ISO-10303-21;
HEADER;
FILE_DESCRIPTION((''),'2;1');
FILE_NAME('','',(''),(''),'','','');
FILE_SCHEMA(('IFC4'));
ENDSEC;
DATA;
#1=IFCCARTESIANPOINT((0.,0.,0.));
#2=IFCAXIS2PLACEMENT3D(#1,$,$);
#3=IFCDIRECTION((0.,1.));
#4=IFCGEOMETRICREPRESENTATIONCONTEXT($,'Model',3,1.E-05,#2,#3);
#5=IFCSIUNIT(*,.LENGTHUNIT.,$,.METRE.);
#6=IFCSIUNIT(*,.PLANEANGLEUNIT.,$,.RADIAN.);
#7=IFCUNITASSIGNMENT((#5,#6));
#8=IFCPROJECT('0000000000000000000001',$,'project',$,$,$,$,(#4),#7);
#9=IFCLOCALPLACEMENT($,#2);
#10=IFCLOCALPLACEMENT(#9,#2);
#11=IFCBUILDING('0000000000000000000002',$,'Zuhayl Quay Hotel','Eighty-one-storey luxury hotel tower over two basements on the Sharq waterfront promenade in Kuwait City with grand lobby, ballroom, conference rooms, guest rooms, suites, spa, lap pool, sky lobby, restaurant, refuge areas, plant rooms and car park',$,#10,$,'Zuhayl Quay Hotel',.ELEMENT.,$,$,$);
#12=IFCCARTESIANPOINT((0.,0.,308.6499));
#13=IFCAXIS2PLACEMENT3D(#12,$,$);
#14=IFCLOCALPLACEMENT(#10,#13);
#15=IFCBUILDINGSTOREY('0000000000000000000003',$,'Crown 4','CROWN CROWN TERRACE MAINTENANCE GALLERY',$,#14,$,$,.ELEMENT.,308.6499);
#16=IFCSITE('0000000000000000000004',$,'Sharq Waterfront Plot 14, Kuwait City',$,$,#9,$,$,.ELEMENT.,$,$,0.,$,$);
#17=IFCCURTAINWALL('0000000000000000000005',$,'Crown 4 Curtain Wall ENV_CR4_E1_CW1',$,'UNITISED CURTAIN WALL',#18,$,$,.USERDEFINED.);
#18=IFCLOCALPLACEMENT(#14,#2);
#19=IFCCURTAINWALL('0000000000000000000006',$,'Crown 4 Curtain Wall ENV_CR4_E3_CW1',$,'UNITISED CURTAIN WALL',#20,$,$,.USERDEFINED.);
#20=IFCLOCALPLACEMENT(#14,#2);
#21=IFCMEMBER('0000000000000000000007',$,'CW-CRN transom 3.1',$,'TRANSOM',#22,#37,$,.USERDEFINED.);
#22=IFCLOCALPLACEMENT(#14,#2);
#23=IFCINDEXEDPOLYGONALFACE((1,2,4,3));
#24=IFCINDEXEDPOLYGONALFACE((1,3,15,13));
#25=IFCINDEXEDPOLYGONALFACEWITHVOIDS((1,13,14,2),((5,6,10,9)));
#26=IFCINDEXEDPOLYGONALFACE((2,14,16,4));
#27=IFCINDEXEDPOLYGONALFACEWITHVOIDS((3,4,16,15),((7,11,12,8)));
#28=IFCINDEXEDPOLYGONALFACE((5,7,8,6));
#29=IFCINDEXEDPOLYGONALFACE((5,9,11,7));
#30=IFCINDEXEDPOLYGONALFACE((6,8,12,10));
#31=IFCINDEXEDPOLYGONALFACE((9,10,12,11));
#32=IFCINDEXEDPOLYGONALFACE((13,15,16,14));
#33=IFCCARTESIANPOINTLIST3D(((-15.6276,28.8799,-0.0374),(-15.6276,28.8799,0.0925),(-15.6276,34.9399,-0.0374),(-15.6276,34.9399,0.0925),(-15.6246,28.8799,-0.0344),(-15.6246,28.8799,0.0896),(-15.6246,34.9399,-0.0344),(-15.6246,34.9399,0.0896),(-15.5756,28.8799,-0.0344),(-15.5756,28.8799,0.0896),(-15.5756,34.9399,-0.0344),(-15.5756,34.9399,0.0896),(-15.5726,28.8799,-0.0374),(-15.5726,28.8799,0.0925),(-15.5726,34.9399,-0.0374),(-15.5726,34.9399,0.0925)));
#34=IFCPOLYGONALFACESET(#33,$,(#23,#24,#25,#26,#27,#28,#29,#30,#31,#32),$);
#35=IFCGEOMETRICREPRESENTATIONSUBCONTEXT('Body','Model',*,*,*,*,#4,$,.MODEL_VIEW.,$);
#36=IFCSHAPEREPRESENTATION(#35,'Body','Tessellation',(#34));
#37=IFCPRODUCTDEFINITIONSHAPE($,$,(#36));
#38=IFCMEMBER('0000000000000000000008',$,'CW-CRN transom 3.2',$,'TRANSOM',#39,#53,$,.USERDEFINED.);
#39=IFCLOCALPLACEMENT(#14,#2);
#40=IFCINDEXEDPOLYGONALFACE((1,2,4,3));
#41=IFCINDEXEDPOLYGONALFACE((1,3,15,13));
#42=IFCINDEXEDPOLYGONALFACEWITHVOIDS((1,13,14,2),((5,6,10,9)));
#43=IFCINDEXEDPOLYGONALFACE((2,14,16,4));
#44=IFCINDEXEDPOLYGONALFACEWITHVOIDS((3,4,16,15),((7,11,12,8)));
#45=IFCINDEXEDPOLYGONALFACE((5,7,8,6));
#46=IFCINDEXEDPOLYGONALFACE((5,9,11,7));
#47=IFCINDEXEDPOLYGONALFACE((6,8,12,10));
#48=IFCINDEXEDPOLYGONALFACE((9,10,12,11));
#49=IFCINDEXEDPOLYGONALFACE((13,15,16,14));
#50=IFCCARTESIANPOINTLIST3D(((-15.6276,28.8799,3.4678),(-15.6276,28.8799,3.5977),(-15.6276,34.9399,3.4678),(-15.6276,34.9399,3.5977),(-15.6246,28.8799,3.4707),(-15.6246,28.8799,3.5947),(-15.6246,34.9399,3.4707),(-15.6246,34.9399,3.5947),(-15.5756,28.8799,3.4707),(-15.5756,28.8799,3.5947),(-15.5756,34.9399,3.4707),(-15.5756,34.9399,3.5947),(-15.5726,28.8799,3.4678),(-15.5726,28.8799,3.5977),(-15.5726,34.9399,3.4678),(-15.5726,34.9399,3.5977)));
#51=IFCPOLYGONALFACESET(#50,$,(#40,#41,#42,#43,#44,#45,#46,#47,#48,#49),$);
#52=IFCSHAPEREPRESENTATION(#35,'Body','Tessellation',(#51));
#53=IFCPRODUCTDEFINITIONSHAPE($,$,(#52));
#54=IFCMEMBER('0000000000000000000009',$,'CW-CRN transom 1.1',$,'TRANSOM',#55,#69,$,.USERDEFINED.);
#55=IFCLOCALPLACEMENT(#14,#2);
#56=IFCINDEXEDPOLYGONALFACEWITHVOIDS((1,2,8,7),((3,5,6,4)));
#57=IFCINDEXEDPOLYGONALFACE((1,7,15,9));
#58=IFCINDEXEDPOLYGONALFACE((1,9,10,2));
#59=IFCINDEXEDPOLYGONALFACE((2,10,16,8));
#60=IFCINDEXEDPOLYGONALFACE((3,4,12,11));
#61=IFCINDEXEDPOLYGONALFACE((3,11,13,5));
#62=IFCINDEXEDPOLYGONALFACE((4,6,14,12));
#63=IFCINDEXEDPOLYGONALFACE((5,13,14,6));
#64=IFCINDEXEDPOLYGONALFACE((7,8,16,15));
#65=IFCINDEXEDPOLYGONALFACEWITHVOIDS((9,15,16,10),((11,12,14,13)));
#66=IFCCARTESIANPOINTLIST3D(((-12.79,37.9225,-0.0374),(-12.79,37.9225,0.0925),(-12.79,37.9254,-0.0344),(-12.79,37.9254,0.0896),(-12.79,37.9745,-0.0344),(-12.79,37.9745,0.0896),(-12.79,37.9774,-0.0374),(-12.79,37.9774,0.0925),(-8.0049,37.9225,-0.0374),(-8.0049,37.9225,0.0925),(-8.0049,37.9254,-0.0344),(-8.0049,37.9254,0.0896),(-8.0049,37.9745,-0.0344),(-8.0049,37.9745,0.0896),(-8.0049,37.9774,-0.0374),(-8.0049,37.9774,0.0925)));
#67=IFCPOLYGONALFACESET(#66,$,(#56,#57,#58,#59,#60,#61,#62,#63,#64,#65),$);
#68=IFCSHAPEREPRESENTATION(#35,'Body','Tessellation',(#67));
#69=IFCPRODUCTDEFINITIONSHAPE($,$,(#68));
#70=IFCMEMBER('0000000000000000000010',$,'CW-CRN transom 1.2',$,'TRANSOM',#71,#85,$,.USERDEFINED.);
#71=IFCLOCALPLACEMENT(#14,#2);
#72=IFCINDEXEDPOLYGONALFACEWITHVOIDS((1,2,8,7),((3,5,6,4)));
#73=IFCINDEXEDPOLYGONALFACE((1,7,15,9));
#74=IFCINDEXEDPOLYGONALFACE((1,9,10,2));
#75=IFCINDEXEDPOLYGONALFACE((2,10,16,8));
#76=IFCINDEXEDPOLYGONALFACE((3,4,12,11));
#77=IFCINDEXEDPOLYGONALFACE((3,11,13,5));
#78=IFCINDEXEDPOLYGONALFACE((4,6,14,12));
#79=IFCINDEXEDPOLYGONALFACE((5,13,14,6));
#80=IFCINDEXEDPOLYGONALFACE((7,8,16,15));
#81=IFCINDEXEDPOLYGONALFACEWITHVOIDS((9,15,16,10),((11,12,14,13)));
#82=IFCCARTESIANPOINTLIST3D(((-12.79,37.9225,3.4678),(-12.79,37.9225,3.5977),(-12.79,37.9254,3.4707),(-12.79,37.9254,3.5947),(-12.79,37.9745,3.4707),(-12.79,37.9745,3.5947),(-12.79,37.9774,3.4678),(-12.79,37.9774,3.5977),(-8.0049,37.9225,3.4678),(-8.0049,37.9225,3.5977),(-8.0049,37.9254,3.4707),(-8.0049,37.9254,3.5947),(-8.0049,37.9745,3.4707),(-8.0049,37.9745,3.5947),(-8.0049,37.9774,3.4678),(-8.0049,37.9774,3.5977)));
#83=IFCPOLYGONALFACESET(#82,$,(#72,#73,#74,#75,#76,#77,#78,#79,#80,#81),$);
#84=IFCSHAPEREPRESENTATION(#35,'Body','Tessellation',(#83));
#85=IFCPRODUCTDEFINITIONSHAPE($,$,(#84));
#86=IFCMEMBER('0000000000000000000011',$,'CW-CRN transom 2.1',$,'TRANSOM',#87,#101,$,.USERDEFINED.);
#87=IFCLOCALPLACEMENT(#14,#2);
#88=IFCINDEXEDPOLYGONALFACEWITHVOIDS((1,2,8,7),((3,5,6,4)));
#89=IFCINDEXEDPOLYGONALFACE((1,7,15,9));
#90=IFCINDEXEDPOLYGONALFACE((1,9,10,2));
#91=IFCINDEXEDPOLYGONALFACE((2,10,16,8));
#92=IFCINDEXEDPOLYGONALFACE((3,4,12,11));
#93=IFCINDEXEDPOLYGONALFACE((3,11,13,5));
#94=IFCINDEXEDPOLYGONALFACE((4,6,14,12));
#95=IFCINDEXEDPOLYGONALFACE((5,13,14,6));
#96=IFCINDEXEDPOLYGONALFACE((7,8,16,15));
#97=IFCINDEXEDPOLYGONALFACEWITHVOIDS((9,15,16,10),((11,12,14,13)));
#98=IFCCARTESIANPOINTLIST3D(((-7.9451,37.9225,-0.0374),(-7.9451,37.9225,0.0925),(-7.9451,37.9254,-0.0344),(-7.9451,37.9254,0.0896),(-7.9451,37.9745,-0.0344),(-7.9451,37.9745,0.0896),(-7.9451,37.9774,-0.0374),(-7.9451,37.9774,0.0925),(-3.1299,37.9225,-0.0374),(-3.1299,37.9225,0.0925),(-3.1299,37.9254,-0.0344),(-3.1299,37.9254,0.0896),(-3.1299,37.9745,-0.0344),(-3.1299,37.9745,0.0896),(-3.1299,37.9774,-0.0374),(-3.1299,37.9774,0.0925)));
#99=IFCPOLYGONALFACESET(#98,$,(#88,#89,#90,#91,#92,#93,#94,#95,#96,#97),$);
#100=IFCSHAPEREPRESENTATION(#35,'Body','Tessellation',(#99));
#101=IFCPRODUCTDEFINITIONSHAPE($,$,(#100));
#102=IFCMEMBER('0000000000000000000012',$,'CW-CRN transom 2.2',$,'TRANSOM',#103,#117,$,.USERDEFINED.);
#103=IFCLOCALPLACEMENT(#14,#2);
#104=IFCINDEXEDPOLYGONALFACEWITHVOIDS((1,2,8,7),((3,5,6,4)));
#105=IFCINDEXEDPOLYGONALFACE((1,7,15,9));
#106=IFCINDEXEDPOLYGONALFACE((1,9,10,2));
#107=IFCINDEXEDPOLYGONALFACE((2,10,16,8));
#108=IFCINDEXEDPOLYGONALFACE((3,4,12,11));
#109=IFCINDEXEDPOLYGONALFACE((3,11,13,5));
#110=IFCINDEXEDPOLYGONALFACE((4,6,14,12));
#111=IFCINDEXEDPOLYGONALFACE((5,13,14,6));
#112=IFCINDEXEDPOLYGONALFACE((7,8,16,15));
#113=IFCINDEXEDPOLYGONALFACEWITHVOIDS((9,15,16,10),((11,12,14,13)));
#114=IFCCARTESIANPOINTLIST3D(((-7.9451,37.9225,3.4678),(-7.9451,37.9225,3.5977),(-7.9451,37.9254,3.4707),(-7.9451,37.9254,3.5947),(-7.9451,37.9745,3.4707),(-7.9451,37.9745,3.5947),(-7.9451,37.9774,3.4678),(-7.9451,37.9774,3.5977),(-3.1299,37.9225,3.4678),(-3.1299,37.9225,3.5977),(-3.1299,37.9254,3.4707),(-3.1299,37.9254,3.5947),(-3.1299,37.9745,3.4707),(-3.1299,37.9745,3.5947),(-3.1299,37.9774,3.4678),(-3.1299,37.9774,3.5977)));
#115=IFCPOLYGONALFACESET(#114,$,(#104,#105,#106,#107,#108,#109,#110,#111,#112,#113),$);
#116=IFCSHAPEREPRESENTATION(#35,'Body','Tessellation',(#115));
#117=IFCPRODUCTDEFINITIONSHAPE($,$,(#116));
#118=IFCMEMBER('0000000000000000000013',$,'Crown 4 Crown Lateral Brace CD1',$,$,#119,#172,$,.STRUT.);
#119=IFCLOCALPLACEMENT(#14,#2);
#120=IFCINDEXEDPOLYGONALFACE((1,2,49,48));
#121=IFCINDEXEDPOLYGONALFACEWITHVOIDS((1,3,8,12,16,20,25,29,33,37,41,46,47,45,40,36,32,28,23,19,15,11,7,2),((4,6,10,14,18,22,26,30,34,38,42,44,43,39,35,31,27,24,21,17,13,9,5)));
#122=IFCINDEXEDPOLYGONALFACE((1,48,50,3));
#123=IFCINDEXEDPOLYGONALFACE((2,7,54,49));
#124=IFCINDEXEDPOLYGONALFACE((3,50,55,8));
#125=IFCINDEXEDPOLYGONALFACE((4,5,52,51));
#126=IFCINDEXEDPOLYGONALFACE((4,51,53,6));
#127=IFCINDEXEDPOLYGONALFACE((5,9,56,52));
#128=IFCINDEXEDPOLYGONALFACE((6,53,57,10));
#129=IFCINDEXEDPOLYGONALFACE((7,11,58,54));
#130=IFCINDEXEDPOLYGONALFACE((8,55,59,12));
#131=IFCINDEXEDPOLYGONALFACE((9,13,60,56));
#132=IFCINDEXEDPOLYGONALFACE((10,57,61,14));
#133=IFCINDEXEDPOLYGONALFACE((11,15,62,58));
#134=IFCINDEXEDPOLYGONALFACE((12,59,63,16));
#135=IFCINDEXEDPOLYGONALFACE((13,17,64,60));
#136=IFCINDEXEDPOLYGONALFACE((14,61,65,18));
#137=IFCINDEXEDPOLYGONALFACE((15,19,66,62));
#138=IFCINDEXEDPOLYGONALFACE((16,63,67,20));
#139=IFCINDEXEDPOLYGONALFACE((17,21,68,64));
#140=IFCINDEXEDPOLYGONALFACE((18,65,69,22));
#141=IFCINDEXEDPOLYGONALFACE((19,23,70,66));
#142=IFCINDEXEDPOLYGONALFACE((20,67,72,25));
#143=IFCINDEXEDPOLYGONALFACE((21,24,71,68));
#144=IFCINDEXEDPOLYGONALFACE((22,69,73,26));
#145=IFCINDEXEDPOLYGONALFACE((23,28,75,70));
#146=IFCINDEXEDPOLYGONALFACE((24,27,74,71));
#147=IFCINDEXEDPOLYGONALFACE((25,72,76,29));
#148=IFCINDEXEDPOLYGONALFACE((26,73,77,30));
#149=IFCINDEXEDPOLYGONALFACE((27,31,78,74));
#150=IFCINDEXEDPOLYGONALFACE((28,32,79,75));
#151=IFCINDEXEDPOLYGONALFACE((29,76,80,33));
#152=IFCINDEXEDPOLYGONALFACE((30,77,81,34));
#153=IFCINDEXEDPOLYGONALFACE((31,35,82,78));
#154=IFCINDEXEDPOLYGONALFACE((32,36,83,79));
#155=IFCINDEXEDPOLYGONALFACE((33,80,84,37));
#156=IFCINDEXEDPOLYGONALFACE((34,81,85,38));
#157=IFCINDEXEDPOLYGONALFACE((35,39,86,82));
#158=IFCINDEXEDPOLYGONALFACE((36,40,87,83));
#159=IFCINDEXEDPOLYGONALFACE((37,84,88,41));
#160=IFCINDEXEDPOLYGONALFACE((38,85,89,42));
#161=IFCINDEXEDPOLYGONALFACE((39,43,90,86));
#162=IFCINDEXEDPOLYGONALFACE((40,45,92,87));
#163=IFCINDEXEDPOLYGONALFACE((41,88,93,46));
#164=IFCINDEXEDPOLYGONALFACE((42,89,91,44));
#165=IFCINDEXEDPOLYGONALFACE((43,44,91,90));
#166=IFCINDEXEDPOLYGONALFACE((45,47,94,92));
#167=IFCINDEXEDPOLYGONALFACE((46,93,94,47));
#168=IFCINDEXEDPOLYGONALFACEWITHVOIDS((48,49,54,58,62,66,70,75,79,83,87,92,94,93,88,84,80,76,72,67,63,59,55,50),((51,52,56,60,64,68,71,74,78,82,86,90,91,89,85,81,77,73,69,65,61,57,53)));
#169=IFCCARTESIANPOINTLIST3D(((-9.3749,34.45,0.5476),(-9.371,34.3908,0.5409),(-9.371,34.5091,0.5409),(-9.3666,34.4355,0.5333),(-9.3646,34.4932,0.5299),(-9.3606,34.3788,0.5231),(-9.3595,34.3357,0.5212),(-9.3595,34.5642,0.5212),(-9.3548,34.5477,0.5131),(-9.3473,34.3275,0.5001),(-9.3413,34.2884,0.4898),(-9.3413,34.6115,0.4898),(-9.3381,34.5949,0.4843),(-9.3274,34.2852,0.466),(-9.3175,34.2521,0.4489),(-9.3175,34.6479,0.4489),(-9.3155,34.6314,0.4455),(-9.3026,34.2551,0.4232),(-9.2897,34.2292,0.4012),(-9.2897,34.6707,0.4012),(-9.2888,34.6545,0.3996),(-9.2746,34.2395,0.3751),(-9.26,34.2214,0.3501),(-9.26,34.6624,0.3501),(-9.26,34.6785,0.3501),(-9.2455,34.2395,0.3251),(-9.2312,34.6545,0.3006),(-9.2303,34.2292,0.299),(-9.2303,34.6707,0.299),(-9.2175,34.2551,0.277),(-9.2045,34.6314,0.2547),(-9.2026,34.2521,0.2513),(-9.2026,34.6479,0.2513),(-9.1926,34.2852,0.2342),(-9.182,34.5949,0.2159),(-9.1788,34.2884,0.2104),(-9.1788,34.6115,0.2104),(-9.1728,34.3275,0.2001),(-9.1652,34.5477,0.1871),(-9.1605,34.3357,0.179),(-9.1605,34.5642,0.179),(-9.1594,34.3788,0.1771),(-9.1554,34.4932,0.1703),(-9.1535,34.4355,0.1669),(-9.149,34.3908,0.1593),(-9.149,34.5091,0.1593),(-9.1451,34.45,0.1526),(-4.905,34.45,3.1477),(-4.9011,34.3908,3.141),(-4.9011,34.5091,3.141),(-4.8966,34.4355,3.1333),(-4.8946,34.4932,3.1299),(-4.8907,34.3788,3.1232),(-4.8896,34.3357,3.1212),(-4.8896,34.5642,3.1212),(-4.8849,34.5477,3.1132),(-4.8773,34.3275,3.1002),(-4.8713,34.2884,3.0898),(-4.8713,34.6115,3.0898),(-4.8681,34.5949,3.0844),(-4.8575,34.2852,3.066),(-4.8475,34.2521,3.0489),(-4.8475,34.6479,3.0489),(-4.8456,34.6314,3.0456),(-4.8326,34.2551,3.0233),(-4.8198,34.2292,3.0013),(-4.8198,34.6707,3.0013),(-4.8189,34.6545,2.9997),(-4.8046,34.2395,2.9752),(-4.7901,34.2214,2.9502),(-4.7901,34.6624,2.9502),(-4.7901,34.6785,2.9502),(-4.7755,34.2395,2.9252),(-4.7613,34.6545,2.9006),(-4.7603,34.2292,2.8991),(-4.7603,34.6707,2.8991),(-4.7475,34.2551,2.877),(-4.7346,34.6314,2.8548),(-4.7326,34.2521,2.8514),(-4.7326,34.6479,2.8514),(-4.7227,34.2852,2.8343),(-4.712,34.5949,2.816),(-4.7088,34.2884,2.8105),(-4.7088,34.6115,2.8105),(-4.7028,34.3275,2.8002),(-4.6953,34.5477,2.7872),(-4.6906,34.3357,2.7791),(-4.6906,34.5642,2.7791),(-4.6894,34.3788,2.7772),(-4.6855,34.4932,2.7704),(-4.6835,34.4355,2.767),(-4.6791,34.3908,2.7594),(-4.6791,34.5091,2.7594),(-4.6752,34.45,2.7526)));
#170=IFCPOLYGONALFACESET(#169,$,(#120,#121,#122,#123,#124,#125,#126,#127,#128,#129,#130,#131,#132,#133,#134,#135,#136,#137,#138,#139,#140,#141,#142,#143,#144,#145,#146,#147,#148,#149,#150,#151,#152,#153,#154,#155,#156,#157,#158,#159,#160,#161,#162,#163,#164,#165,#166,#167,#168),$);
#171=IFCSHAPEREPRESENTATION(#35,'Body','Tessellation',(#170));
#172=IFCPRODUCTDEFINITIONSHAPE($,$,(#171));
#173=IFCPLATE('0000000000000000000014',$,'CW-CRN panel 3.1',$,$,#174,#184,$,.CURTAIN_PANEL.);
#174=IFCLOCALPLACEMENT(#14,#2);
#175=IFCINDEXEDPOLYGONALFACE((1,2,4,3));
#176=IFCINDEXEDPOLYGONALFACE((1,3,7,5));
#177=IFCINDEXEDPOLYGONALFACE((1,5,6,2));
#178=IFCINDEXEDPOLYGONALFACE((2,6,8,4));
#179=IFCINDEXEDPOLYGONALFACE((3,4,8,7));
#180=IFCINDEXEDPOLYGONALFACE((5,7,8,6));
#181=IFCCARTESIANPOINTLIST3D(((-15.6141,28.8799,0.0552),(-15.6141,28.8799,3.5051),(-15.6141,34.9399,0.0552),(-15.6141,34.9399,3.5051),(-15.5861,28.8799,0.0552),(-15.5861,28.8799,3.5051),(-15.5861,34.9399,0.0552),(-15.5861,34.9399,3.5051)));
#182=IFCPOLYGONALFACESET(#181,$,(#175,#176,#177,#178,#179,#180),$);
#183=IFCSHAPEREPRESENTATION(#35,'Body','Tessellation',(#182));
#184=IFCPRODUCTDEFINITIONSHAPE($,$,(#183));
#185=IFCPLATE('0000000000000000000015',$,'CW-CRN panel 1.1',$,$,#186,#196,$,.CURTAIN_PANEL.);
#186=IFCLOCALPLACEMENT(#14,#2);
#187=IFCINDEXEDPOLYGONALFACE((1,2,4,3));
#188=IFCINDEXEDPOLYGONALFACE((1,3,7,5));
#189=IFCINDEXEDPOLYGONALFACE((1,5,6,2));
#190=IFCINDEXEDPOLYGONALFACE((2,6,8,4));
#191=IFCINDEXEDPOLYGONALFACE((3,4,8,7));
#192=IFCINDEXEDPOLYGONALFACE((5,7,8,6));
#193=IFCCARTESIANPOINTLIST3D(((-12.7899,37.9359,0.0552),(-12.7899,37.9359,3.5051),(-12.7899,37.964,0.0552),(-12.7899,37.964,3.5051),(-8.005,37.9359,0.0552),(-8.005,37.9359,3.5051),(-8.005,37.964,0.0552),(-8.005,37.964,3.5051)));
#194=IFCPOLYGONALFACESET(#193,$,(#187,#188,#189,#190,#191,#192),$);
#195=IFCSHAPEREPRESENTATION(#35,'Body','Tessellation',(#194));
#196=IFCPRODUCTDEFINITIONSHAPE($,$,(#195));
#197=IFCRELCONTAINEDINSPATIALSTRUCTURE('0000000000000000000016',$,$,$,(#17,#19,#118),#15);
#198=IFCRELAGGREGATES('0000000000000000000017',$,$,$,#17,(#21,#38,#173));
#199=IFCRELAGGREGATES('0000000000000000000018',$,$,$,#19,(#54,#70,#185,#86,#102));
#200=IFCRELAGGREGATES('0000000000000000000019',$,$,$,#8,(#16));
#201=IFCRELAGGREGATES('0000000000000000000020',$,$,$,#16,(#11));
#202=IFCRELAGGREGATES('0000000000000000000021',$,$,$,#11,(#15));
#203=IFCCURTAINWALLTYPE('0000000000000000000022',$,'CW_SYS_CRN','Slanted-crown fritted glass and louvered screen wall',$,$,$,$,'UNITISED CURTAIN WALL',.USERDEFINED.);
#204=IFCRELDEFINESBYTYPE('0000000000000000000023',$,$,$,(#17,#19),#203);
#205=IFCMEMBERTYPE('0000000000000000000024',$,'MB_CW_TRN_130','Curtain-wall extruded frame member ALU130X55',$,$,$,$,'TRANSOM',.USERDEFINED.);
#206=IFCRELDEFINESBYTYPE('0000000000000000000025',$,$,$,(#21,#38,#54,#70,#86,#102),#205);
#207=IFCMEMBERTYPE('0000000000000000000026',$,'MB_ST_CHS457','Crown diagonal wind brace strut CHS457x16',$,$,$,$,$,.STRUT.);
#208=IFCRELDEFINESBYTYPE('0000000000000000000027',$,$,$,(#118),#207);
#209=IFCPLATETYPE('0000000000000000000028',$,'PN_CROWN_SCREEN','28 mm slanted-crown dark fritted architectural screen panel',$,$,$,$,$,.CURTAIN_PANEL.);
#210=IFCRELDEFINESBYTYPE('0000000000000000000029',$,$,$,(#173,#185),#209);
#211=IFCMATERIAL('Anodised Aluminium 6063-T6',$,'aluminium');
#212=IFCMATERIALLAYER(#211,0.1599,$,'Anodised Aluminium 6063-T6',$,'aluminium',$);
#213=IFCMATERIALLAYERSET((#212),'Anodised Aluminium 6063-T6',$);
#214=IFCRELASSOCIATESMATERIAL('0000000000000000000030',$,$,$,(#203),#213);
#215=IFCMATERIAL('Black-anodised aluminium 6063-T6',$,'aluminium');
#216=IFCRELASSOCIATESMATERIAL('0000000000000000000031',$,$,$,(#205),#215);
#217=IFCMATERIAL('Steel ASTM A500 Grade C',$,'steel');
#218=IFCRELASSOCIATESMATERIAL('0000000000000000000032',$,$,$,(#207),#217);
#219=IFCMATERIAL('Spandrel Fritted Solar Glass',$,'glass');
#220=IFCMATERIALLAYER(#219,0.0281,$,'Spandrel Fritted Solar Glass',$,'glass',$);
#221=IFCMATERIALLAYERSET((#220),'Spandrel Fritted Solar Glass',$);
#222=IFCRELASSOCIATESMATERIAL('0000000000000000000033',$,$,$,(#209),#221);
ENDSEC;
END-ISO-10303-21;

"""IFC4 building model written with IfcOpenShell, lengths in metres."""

from ifc_helpers import new_model, si_unit, direction, frame, origin, origin_2d, place, context, subcontext, project, spatial, rectangle, hollow_rectangle, hollow_circle, extrude, material, layer, layer_set, material_profile, profile_set, type_object, element, aggregate, save


model = new_model("IFC4")

# Units and contexts
model_context = context("Model", 3, precision=1e-05, world=origin(), true_north=direction((0.0, 1.0)))
body_context = subcontext(model_context, "Body", "Model", "MODEL_VIEW")
ifc_project = project(units=[si_unit("LENGTHUNIT", "METRE"), si_unit("PLANEANGLEUNIT", "RADIAN")], contexts=[model_context])

# Site, building, storey
site_placement = place(None, origin())
site = spatial("IfcSite", under=ifc_project, at=site_placement, Name="Sharq Waterfront Plot 14, Kuwait City", CompositionType="ELEMENT", RefElevation=0.0)
building_placement = place(site_placement, origin())
building = spatial("IfcBuilding", under=site, at=building_placement, Name="Zuhayl Quay Hotel", Description="Eighty-one-storey luxury hotel tower over two basements on the Sharq waterfront promenade in Kuwait City with grand lobby, ballroom, conference rooms, guest rooms, suites, spa, lap pool, sky lobby, restaurant, refuge areas, plant rooms and car park", LongName="Zuhayl Quay Hotel", CompositionType="ELEMENT")
storey_placement = place(building_placement, frame((0.0, 0.0, 308.6499)))
storey = spatial("IfcBuildingStorey", under=building, at=storey_placement, Name="Crown 4", Description="CROWN CROWN TERRACE MAINTENANCE GALLERY", CompositionType="ELEMENT", Elevation=308.6499)

# Curtain walls
ifc_material_1 = material(Name="Anodised Aluminium 6063-T6", Category="aluminium")
ifc_layer_1 = layer(ifc_material_1, 0.1599, Name="Anodised Aluminium 6063-T6", Category="aluminium")
ifc_layer_set_1 = layer_set([ifc_layer_1], Name="Anodised Aluminium 6063-T6")
curtain_wall_type = type_object("IfcCurtainWallType", Name="CW_SYS_CRN", Description="Slanted-crown fritted glass and louvered screen wall", ElementType="UNITISED CURTAIN WALL", PredefinedType="USERDEFINED", material=ifc_layer_set_1)
curtain_wall_1_placement = place(storey_placement, origin())
curtain_wall_1 = element("IfcCurtainWall", 1, at=curtain_wall_1_placement, inside=storey, type_object=curtain_wall_type, Name="Crown 4 Curtain Wall ENV_CR4_E1_CW1", ObjectType="UNITISED CURTAIN WALL", PredefinedType="USERDEFINED")
ifc_material_2 = material(Name="Black-anodised aluminium 6063-T6", Category="aluminium")
curtain_wall_2_placement = place(storey_placement, origin())
curtain_wall_2 = element("IfcCurtainWall", 2, at=curtain_wall_2_placement, inside=storey, type_object=curtain_wall_type, Name="Crown 4 Curtain Wall ENV_CR4_E3_CW1", ObjectType="UNITISED CURTAIN WALL", PredefinedType="USERDEFINED")

# Members
ifc_material_profile_1 = material_profile(ifc_material_2, hollow_rectangle(XDim=0.0549, YDim=0.1299, WallThickness=0.0029, at=origin_2d()), Name="ALU130X55")
ifc_profile_set_1 = profile_set([ifc_material_profile_1], Name="Black-anodised aluminium 6063-T6")
member_type_1 = type_object("IfcMemberType", Name="MB_CW_TRN_130", Description="Curtain-wall extruded frame member ALU130X55", ElementType="TRANSOM", PredefinedType="USERDEFINED", material=ifc_profile_set_1)
member_1_placement = place(storey_placement, frame((-15.6001, 28.8799, 0.0276), z_axis=(0.0, 1.0, 0.0), x_axis=(-1.0, 0.0, 0.0)))
member_1 = element("IfcMember", 3, at=member_1_placement, type_object=member_type_1, Name="CW-CRN transom 3.1", ObjectType="TRANSOM", PredefinedType="USERDEFINED", context=body_context, shape_type="SweptSolid", body=[
    extrude(hollow_rectangle(XDim=0.0549, YDim=0.1299, WallThickness=0.0029, at=origin_2d()), origin(), (0.0, 0.0, 1.0), 6.0601),
])
member_2_placement = place(storey_placement, frame((-15.6001, 28.8799, 3.5327), z_axis=(0.0, 1.0, 0.0), x_axis=(-1.0, 0.0, 0.0)))
member_2 = element("IfcMember", 4, at=member_2_placement, type_object=member_type_1, Name="CW-CRN transom 3.2", ObjectType="TRANSOM", PredefinedType="USERDEFINED", context=body_context, shape_type="SweptSolid", body=[
    extrude(hollow_rectangle(XDim=0.0549, YDim=0.1299, WallThickness=0.0029, at=origin_2d()), origin(), (0.0, 0.0, 1.0), 6.0601),
])
member_3_placement = place(storey_placement, frame((-12.79, 37.95, 0.0276), z_axis=(1.0, 0.0, 0.0), x_axis=(0.0, 1.0, 0.0)))
member_3 = element("IfcMember", 5, at=member_3_placement, type_object=member_type_1, Name="CW-CRN transom 1.1", ObjectType="TRANSOM", PredefinedType="USERDEFINED", context=body_context, shape_type="SweptSolid", body=[
    extrude(hollow_rectangle(XDim=0.0549, YDim=0.1299, WallThickness=0.0029, at=origin_2d()), origin(), (0.0, 0.0, 1.0), 4.7852),
])
member_4_placement = place(storey_placement, frame((-12.79, 37.95, 3.5327), z_axis=(1.0, 0.0, 0.0), x_axis=(0.0, 1.0, 0.0)))
member_4 = element("IfcMember", 6, at=member_4_placement, type_object=member_type_1, Name="CW-CRN transom 1.2", ObjectType="TRANSOM", PredefinedType="USERDEFINED", context=body_context, shape_type="SweptSolid", body=[
    extrude(hollow_rectangle(XDim=0.0549, YDim=0.1299, WallThickness=0.0029, at=origin_2d()), origin(), (0.0, 0.0, 1.0), 4.7852),
])
member_5_placement = place(storey_placement, frame((-7.9451, 37.95, 0.0276), z_axis=(1.0, 0.0, 0.0), x_axis=(0.0, 1.0, 0.0)))
member_5 = element("IfcMember", 7, at=member_5_placement, type_object=member_type_1, Name="CW-CRN transom 2.1", ObjectType="TRANSOM", PredefinedType="USERDEFINED", context=body_context, shape_type="SweptSolid", body=[
    extrude(hollow_rectangle(XDim=0.0549, YDim=0.1299, WallThickness=0.0029, at=origin_2d()), origin(), (0.0, 0.0, 1.0), 4.8152),
])
member_6_placement = place(storey_placement, frame((-7.9451, 37.95, 3.5327), z_axis=(1.0, 0.0, 0.0), x_axis=(0.0, 1.0, 0.0)))
member_6 = element("IfcMember", 8, at=member_6_placement, type_object=member_type_1, Name="CW-CRN transom 2.2", ObjectType="TRANSOM", PredefinedType="USERDEFINED", context=body_context, shape_type="SweptSolid", body=[
    extrude(hollow_rectangle(XDim=0.0549, YDim=0.1299, WallThickness=0.0029, at=origin_2d()), origin(), (0.0, 0.0, 1.0), 4.8152),
])
ifc_material_3 = material(Name="Steel ASTM A500 Grade C", Category="steel")
ifc_material_profile_2 = material_profile(ifc_material_3, hollow_circle(Radius=0.2285, WallThickness=0.0161, at=origin_2d()), Name="CHS457X16")
ifc_profile_set_2 = profile_set([ifc_material_profile_2], Name="Steel ASTM A500 Grade C")
member_type_2 = type_object("IfcMemberType", Name="MB_ST_CHS457", Description="Crown diagonal wind brace strut CHS457x16", PredefinedType="STRUT", material=ifc_profile_set_2)
member_7_placement = place(storey_placement, frame((-9.26, 34.45, 0.3501), z_axis=(0.8644, 0.0, 0.502805), x_axis=(0.0, 1.0, 0.0)))
element("IfcMember", 9, at=member_7_placement, inside=storey, type_object=member_type_2, Name="Crown 4 Crown Lateral Brace CD1", PredefinedType="STRUT", context=body_context, shape_type="SweptSolid", body=[
    extrude(hollow_circle(Radius=0.2285, WallThickness=0.0161, at=origin_2d()), origin(), (0.0, 0.0, 1.0), 5.1711),
])

# Plates
ifc_material_4 = material(Name="Spandrel Fritted Solar Glass", Category="glass")
ifc_layer_2 = layer(ifc_material_4, 0.0281, Name="Spandrel Fritted Solar Glass", Category="glass")
ifc_layer_set_2 = layer_set([ifc_layer_2], Name="Spandrel Fritted Solar Glass")
plate_type_1 = type_object("IfcPlateType", Name="PN_CROWN_SCREEN", Description="28 mm slanted-crown dark fritted architectural screen panel", PredefinedType="CURTAIN_PANEL", material=ifc_layer_set_2)
plate_1_placement = place(storey_placement, frame((-15.6001, 31.9099, 0.0552), z_axis=(0.0, 0.0, 1.0), x_axis=(0.0, 1.0, 0.0)))
plate_1 = element("IfcPlate", 10, at=plate_1_placement, type_object=plate_type_1, Name="CW-CRN panel 3.1", PredefinedType="CURTAIN_PANEL", context=body_context, shape_type="SweptSolid", body=[
    extrude(rectangle(XDim=6.0601, YDim=0.0281, at=origin_2d()), origin(), (0.0, 0.0, 1.0), 3.45),
])
aggregate(curtain_wall_1, [member_1, member_2, plate_1])
plate_2_placement = place(storey_placement, frame((-10.3975, 37.95, 0.0552), z_axis=(0.0, 0.0, 1.0), x_axis=(1.0, 0.0, 0.0)))
plate_2 = element("IfcPlate", 11, at=plate_2_placement, type_object=plate_type_1, Name="CW-CRN panel 1.1", PredefinedType="CURTAIN_PANEL", context=body_context, shape_type="SweptSolid", body=[
    extrude(rectangle(XDim=4.7849, YDim=0.0281, at=origin_2d()), origin(), (0.0, 0.0, 1.0), 3.45),
])
aggregate(curtain_wall_2, [member_3, member_4, plate_2, member_5, member_6])

save(model, "model.ifc")
